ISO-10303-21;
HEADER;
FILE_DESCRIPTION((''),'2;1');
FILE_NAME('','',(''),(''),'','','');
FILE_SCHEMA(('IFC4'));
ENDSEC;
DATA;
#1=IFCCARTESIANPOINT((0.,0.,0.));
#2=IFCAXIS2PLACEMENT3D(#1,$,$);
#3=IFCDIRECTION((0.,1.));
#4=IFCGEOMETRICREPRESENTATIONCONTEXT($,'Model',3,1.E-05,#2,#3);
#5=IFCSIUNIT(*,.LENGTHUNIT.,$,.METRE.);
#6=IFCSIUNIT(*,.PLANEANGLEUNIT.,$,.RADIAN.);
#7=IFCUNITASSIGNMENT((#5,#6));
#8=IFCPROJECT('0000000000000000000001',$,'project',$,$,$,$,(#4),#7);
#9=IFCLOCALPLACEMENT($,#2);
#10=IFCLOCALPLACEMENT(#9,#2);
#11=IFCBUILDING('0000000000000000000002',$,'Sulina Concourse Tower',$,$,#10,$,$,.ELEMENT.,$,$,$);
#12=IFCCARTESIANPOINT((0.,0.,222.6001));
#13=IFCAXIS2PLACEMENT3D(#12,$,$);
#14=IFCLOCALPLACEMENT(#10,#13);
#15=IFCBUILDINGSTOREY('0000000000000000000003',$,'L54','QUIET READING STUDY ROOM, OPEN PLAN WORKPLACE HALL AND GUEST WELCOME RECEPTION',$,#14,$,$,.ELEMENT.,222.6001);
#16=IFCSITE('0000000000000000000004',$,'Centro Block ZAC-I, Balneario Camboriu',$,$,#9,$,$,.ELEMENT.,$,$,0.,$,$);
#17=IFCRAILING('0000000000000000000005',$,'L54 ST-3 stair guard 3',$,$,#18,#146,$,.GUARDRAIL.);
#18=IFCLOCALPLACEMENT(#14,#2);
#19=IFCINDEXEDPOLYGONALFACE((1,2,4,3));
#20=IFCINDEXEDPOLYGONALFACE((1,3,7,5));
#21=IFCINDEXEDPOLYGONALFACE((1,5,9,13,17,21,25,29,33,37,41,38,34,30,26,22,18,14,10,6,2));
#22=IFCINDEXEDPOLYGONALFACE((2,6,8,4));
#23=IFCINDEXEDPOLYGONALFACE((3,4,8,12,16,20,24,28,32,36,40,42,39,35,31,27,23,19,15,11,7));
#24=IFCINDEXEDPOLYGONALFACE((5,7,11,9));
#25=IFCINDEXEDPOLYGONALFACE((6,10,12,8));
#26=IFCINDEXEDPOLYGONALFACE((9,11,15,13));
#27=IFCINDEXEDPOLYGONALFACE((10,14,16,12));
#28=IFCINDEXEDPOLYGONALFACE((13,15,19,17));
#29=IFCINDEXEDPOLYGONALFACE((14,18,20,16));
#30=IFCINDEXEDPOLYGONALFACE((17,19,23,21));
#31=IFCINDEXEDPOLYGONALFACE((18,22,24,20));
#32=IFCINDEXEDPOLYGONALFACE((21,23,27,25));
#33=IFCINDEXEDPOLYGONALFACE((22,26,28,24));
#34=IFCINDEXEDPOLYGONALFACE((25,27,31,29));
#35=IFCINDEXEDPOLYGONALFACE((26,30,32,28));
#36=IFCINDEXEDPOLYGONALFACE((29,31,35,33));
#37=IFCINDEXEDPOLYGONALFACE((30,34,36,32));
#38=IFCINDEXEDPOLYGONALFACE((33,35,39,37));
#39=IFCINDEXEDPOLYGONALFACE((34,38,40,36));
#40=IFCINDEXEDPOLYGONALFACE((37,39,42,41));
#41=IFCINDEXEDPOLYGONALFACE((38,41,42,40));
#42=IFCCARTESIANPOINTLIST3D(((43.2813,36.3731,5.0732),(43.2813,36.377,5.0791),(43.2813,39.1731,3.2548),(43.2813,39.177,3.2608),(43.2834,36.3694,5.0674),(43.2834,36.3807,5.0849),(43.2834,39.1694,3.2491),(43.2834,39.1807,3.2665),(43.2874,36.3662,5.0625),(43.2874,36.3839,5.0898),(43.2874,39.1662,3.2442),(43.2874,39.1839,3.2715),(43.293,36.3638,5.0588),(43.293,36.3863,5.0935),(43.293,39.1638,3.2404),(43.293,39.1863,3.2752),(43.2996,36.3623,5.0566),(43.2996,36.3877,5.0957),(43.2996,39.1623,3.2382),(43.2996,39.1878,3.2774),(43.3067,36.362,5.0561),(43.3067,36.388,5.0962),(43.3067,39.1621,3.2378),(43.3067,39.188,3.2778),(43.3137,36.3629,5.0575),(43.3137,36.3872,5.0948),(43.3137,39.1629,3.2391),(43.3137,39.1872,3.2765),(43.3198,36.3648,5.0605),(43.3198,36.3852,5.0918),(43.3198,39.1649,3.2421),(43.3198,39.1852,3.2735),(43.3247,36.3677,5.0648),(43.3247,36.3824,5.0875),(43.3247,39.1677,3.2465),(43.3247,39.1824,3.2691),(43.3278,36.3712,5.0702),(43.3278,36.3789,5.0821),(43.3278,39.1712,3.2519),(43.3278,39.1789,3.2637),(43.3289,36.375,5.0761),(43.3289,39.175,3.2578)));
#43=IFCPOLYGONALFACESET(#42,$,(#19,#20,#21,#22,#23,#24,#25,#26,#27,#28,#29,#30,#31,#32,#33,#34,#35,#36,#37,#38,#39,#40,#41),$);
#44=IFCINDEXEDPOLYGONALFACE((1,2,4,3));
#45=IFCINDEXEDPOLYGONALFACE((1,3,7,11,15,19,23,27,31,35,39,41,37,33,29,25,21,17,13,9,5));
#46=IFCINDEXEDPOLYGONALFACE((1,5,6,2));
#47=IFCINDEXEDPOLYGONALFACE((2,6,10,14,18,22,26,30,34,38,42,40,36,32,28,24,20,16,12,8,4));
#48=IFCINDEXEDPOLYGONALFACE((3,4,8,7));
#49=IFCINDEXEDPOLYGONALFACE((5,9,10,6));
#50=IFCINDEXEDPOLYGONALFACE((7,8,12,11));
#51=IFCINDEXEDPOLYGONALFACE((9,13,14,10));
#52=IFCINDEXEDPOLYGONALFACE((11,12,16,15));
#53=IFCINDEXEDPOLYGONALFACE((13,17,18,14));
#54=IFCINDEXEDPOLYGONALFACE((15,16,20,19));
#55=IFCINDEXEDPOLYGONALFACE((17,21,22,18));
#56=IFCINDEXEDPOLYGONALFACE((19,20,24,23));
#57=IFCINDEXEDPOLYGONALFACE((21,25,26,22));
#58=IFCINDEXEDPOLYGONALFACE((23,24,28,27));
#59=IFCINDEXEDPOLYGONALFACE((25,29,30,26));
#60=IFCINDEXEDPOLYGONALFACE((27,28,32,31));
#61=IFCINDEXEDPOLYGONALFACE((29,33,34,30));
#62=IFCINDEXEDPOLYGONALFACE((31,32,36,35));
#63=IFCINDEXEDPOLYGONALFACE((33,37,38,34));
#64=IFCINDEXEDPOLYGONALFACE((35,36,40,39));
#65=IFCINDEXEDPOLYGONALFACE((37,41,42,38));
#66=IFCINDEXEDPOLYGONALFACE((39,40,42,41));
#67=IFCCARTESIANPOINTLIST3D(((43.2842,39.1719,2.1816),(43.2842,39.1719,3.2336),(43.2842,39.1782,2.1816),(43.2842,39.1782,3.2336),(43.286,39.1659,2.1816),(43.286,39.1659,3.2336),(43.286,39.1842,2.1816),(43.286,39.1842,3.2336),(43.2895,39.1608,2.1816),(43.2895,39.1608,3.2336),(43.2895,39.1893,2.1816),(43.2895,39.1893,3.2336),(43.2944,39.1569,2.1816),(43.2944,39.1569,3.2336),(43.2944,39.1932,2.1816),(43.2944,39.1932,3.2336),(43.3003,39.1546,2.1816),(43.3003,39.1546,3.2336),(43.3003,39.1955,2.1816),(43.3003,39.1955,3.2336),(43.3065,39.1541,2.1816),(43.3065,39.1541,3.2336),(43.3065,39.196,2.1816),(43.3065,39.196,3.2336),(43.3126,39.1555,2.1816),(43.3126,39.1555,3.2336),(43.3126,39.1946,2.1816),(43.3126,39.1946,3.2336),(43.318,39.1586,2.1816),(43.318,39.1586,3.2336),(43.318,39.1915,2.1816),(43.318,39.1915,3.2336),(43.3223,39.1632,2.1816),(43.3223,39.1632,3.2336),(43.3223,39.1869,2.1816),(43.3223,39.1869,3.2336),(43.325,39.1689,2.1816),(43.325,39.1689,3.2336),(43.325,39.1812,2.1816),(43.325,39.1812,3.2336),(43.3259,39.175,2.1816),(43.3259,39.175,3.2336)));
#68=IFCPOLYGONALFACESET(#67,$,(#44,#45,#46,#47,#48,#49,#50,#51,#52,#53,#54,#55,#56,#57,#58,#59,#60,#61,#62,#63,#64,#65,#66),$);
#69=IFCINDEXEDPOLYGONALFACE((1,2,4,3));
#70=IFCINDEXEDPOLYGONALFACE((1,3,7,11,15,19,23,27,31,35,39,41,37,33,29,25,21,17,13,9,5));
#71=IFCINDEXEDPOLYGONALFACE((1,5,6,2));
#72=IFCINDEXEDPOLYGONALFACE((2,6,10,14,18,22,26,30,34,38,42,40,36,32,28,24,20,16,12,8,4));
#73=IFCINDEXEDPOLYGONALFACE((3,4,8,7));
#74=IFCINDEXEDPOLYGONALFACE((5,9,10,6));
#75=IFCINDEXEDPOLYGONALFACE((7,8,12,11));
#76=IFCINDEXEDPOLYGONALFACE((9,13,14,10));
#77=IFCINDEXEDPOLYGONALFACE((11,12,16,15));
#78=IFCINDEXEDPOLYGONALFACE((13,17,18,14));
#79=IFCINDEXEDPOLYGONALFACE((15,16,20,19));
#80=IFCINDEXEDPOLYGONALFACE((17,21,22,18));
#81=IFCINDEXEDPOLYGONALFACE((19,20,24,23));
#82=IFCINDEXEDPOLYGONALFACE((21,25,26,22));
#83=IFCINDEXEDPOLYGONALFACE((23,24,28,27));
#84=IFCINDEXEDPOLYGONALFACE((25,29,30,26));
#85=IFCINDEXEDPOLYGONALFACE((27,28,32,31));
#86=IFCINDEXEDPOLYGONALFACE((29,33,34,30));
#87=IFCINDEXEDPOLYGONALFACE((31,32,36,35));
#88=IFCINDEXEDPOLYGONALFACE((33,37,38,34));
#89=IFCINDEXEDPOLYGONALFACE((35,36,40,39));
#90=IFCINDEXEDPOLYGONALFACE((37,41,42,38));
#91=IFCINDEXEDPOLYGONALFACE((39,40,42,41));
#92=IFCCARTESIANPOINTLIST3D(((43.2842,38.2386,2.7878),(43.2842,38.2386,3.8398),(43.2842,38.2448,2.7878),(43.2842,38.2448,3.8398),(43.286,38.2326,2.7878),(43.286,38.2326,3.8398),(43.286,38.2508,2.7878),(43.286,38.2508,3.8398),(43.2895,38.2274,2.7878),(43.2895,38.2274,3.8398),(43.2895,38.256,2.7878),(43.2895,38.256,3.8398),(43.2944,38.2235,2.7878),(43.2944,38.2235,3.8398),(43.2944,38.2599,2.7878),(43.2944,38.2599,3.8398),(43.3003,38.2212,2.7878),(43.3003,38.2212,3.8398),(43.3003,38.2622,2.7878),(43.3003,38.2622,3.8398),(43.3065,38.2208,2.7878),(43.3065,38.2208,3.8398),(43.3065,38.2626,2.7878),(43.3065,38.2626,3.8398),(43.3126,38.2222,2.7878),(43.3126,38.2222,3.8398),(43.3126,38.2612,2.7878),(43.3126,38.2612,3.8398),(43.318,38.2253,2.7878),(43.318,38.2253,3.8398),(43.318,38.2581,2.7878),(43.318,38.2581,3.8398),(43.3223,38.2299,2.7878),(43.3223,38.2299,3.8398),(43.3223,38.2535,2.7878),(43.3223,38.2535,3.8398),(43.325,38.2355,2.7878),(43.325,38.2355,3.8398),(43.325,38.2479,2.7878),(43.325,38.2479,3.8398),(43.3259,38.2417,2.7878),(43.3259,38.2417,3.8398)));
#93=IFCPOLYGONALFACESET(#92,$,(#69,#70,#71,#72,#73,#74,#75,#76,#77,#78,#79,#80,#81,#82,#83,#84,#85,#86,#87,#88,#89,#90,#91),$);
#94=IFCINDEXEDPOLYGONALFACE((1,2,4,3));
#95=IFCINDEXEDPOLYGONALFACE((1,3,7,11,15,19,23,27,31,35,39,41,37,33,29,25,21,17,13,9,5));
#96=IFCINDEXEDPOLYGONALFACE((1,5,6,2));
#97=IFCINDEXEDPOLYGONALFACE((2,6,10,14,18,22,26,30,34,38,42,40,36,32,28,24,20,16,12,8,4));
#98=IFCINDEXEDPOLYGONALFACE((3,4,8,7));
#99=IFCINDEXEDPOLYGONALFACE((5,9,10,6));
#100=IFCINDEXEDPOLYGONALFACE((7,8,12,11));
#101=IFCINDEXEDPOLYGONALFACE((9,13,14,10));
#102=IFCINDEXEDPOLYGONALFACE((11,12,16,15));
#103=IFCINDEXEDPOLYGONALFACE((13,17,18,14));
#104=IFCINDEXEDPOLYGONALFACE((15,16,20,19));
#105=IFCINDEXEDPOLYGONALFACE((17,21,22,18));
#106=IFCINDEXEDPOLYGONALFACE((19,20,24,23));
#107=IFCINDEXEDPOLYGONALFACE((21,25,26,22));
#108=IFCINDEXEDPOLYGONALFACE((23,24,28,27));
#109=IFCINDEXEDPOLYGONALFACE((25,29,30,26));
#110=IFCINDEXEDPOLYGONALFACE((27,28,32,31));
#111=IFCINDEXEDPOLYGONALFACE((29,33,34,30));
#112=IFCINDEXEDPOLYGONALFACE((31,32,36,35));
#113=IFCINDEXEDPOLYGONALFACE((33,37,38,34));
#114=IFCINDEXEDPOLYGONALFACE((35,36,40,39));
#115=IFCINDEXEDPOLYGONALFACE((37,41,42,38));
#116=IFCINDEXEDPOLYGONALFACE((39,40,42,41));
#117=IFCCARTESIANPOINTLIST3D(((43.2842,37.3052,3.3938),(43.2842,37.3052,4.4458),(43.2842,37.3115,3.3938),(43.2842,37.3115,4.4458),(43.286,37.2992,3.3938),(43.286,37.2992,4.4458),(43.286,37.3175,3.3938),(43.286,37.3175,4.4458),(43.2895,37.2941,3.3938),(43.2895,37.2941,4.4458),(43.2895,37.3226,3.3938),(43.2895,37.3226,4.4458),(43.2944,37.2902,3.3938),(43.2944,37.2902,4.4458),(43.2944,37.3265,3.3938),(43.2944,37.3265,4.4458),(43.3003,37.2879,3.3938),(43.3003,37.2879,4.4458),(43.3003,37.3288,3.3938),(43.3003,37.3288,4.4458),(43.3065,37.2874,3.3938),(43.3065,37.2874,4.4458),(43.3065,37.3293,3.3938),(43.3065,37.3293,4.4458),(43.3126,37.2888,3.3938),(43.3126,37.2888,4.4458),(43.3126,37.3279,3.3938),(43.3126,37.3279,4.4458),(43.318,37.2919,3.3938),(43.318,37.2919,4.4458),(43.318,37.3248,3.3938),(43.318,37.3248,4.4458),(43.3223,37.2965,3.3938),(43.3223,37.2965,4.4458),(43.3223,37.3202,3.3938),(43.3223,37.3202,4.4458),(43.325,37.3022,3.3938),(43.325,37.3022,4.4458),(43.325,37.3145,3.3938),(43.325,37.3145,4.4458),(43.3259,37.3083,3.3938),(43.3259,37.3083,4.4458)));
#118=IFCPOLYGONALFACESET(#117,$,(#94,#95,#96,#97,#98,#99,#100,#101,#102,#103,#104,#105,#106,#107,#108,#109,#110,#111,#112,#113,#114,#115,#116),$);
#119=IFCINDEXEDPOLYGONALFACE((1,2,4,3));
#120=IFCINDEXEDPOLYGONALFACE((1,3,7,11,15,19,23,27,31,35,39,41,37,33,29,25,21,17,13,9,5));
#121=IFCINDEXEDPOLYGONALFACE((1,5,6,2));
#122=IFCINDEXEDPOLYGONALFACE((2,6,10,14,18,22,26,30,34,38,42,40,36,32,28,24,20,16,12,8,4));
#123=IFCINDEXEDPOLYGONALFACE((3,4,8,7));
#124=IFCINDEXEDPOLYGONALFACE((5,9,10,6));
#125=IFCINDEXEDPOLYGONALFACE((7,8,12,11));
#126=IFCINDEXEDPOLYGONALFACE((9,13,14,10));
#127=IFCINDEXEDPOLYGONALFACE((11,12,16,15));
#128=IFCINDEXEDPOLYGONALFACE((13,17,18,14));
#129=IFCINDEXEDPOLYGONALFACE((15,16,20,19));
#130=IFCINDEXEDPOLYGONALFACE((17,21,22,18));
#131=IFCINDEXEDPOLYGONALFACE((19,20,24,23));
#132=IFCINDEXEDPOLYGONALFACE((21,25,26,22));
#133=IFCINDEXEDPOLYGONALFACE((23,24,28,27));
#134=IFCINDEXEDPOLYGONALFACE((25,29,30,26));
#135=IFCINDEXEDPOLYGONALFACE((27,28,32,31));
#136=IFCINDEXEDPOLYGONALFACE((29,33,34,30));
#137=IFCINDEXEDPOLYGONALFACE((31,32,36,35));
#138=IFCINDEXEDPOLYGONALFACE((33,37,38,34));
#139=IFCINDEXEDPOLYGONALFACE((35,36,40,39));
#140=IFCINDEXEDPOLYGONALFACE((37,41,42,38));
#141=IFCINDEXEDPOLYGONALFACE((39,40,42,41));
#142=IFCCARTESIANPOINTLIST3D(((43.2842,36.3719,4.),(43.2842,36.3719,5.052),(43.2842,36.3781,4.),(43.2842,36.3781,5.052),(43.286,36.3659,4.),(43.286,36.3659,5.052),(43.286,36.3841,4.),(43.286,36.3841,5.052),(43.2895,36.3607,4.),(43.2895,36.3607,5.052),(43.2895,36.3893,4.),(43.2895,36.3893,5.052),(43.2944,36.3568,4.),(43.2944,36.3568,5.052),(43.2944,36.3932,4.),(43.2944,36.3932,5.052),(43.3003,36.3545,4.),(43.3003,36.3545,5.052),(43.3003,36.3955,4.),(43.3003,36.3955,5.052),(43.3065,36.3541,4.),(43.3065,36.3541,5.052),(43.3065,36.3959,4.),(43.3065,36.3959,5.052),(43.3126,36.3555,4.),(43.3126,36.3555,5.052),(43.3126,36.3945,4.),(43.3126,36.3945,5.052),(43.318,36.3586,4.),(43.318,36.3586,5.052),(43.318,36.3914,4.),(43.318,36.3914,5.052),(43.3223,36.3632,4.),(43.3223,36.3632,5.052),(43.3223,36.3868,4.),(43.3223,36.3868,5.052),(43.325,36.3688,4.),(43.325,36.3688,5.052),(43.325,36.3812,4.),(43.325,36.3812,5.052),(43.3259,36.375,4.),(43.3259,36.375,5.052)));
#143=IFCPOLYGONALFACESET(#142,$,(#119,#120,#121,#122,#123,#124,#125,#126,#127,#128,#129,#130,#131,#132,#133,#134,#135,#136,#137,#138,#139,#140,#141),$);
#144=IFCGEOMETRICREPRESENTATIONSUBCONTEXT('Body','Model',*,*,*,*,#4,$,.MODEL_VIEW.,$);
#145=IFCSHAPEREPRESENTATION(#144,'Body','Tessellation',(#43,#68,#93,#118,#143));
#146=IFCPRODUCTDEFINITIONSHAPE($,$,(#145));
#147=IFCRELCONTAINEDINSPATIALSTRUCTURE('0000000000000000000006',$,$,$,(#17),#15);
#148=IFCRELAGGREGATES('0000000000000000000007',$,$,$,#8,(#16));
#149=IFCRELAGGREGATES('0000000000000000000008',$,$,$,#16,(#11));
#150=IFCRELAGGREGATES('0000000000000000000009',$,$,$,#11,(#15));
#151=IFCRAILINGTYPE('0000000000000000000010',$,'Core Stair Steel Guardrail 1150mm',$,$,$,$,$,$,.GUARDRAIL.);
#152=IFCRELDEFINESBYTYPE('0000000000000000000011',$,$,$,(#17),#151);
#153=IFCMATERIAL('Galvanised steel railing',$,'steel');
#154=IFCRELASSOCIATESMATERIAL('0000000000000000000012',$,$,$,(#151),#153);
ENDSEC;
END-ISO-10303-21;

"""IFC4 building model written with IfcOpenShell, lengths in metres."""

from ifc_helpers import new_model, si_unit, direction, frame, origin, origin_2d, place, context, subcontext, project, spatial, circle, extrude, material, type_object, element, save


model = new_model("IFC4")

# Units and contexts
model_context = context("Model", 3, precision=1e-05, world=origin(), true_north=direction((0.0, 1.0)))
body_context = subcontext(model_context, "Body", "Model", "MODEL_VIEW")
ifc_project = project(units=[si_unit("LENGTHUNIT", "METRE"), si_unit("PLANEANGLEUNIT", "RADIAN")], contexts=[model_context])

# Site, building, storey
site_placement = place(None, origin())
site = spatial("IfcSite", under=ifc_project, at=site_placement, Name="Centro Block ZAC-I, Balneario Camboriu", CompositionType="ELEMENT", RefElevation=0.0)
building_placement = place(site_placement, origin())
building = spatial("IfcBuilding", under=site, at=building_placement, Name="Sulina Concourse Tower", CompositionType="ELEMENT")
storey_placement = place(building_placement, frame((0.0, 0.0, 222.6001)))
storey = spatial("IfcBuildingStorey", under=building, at=storey_placement, Name="L54", Description="QUIET READING STUDY ROOM, OPEN PLAN WORKPLACE HALL AND GUEST WELCOME RECEPTION", CompositionType="ELEMENT", Elevation=222.6001)

# Railing
ifc_material_1 = material(Name="Galvanised steel railing", Category="steel")
railing_type_1 = type_object("IfcRailingType", Name="Core Stair Steel Guardrail 1150mm", PredefinedType="GUARDRAIL", material=ifc_material_1)
railing_1_placement = place(storey_placement, frame((43.3049, 39.175, 2.1816)))
element("IfcRailing", 1, at=railing_1_placement, inside=storey, type_object=railing_type_1, Name="L54 ST-3 stair guard 3", PredefinedType="GUARDRAIL", context=body_context, shape_type="SweptSolid", body=[
    extrude(circle(Radius=0.0239, at=origin_2d()), frame((0.0, 0.0, 1.0762), z_axis=(0.0, -0.838672, 0.544636), x_axis=(1.0, 0.0, 0.0)), (0.0, 0.0, 1.0), 3.3386),
    extrude(circle(Radius=0.021, at=origin_2d()), origin(), (0.0, 0.0, 1.0), 1.052),
    extrude(circle(Radius=0.021, at=origin_2d()), frame((0.0, -0.9333, 0.6062)), (0.0, 0.0, 1.0), 1.052),
    extrude(circle(Radius=0.021, at=origin_2d()), frame((0.0, -1.8667, 1.2122)), (0.0, 0.0, 1.0), 1.052),
    extrude(circle(Radius=0.021, at=origin_2d()), frame((0.0, -2.8, 1.8184)), (0.0, 0.0, 1.0), 1.052),
])

save(model, "model.ifc")
